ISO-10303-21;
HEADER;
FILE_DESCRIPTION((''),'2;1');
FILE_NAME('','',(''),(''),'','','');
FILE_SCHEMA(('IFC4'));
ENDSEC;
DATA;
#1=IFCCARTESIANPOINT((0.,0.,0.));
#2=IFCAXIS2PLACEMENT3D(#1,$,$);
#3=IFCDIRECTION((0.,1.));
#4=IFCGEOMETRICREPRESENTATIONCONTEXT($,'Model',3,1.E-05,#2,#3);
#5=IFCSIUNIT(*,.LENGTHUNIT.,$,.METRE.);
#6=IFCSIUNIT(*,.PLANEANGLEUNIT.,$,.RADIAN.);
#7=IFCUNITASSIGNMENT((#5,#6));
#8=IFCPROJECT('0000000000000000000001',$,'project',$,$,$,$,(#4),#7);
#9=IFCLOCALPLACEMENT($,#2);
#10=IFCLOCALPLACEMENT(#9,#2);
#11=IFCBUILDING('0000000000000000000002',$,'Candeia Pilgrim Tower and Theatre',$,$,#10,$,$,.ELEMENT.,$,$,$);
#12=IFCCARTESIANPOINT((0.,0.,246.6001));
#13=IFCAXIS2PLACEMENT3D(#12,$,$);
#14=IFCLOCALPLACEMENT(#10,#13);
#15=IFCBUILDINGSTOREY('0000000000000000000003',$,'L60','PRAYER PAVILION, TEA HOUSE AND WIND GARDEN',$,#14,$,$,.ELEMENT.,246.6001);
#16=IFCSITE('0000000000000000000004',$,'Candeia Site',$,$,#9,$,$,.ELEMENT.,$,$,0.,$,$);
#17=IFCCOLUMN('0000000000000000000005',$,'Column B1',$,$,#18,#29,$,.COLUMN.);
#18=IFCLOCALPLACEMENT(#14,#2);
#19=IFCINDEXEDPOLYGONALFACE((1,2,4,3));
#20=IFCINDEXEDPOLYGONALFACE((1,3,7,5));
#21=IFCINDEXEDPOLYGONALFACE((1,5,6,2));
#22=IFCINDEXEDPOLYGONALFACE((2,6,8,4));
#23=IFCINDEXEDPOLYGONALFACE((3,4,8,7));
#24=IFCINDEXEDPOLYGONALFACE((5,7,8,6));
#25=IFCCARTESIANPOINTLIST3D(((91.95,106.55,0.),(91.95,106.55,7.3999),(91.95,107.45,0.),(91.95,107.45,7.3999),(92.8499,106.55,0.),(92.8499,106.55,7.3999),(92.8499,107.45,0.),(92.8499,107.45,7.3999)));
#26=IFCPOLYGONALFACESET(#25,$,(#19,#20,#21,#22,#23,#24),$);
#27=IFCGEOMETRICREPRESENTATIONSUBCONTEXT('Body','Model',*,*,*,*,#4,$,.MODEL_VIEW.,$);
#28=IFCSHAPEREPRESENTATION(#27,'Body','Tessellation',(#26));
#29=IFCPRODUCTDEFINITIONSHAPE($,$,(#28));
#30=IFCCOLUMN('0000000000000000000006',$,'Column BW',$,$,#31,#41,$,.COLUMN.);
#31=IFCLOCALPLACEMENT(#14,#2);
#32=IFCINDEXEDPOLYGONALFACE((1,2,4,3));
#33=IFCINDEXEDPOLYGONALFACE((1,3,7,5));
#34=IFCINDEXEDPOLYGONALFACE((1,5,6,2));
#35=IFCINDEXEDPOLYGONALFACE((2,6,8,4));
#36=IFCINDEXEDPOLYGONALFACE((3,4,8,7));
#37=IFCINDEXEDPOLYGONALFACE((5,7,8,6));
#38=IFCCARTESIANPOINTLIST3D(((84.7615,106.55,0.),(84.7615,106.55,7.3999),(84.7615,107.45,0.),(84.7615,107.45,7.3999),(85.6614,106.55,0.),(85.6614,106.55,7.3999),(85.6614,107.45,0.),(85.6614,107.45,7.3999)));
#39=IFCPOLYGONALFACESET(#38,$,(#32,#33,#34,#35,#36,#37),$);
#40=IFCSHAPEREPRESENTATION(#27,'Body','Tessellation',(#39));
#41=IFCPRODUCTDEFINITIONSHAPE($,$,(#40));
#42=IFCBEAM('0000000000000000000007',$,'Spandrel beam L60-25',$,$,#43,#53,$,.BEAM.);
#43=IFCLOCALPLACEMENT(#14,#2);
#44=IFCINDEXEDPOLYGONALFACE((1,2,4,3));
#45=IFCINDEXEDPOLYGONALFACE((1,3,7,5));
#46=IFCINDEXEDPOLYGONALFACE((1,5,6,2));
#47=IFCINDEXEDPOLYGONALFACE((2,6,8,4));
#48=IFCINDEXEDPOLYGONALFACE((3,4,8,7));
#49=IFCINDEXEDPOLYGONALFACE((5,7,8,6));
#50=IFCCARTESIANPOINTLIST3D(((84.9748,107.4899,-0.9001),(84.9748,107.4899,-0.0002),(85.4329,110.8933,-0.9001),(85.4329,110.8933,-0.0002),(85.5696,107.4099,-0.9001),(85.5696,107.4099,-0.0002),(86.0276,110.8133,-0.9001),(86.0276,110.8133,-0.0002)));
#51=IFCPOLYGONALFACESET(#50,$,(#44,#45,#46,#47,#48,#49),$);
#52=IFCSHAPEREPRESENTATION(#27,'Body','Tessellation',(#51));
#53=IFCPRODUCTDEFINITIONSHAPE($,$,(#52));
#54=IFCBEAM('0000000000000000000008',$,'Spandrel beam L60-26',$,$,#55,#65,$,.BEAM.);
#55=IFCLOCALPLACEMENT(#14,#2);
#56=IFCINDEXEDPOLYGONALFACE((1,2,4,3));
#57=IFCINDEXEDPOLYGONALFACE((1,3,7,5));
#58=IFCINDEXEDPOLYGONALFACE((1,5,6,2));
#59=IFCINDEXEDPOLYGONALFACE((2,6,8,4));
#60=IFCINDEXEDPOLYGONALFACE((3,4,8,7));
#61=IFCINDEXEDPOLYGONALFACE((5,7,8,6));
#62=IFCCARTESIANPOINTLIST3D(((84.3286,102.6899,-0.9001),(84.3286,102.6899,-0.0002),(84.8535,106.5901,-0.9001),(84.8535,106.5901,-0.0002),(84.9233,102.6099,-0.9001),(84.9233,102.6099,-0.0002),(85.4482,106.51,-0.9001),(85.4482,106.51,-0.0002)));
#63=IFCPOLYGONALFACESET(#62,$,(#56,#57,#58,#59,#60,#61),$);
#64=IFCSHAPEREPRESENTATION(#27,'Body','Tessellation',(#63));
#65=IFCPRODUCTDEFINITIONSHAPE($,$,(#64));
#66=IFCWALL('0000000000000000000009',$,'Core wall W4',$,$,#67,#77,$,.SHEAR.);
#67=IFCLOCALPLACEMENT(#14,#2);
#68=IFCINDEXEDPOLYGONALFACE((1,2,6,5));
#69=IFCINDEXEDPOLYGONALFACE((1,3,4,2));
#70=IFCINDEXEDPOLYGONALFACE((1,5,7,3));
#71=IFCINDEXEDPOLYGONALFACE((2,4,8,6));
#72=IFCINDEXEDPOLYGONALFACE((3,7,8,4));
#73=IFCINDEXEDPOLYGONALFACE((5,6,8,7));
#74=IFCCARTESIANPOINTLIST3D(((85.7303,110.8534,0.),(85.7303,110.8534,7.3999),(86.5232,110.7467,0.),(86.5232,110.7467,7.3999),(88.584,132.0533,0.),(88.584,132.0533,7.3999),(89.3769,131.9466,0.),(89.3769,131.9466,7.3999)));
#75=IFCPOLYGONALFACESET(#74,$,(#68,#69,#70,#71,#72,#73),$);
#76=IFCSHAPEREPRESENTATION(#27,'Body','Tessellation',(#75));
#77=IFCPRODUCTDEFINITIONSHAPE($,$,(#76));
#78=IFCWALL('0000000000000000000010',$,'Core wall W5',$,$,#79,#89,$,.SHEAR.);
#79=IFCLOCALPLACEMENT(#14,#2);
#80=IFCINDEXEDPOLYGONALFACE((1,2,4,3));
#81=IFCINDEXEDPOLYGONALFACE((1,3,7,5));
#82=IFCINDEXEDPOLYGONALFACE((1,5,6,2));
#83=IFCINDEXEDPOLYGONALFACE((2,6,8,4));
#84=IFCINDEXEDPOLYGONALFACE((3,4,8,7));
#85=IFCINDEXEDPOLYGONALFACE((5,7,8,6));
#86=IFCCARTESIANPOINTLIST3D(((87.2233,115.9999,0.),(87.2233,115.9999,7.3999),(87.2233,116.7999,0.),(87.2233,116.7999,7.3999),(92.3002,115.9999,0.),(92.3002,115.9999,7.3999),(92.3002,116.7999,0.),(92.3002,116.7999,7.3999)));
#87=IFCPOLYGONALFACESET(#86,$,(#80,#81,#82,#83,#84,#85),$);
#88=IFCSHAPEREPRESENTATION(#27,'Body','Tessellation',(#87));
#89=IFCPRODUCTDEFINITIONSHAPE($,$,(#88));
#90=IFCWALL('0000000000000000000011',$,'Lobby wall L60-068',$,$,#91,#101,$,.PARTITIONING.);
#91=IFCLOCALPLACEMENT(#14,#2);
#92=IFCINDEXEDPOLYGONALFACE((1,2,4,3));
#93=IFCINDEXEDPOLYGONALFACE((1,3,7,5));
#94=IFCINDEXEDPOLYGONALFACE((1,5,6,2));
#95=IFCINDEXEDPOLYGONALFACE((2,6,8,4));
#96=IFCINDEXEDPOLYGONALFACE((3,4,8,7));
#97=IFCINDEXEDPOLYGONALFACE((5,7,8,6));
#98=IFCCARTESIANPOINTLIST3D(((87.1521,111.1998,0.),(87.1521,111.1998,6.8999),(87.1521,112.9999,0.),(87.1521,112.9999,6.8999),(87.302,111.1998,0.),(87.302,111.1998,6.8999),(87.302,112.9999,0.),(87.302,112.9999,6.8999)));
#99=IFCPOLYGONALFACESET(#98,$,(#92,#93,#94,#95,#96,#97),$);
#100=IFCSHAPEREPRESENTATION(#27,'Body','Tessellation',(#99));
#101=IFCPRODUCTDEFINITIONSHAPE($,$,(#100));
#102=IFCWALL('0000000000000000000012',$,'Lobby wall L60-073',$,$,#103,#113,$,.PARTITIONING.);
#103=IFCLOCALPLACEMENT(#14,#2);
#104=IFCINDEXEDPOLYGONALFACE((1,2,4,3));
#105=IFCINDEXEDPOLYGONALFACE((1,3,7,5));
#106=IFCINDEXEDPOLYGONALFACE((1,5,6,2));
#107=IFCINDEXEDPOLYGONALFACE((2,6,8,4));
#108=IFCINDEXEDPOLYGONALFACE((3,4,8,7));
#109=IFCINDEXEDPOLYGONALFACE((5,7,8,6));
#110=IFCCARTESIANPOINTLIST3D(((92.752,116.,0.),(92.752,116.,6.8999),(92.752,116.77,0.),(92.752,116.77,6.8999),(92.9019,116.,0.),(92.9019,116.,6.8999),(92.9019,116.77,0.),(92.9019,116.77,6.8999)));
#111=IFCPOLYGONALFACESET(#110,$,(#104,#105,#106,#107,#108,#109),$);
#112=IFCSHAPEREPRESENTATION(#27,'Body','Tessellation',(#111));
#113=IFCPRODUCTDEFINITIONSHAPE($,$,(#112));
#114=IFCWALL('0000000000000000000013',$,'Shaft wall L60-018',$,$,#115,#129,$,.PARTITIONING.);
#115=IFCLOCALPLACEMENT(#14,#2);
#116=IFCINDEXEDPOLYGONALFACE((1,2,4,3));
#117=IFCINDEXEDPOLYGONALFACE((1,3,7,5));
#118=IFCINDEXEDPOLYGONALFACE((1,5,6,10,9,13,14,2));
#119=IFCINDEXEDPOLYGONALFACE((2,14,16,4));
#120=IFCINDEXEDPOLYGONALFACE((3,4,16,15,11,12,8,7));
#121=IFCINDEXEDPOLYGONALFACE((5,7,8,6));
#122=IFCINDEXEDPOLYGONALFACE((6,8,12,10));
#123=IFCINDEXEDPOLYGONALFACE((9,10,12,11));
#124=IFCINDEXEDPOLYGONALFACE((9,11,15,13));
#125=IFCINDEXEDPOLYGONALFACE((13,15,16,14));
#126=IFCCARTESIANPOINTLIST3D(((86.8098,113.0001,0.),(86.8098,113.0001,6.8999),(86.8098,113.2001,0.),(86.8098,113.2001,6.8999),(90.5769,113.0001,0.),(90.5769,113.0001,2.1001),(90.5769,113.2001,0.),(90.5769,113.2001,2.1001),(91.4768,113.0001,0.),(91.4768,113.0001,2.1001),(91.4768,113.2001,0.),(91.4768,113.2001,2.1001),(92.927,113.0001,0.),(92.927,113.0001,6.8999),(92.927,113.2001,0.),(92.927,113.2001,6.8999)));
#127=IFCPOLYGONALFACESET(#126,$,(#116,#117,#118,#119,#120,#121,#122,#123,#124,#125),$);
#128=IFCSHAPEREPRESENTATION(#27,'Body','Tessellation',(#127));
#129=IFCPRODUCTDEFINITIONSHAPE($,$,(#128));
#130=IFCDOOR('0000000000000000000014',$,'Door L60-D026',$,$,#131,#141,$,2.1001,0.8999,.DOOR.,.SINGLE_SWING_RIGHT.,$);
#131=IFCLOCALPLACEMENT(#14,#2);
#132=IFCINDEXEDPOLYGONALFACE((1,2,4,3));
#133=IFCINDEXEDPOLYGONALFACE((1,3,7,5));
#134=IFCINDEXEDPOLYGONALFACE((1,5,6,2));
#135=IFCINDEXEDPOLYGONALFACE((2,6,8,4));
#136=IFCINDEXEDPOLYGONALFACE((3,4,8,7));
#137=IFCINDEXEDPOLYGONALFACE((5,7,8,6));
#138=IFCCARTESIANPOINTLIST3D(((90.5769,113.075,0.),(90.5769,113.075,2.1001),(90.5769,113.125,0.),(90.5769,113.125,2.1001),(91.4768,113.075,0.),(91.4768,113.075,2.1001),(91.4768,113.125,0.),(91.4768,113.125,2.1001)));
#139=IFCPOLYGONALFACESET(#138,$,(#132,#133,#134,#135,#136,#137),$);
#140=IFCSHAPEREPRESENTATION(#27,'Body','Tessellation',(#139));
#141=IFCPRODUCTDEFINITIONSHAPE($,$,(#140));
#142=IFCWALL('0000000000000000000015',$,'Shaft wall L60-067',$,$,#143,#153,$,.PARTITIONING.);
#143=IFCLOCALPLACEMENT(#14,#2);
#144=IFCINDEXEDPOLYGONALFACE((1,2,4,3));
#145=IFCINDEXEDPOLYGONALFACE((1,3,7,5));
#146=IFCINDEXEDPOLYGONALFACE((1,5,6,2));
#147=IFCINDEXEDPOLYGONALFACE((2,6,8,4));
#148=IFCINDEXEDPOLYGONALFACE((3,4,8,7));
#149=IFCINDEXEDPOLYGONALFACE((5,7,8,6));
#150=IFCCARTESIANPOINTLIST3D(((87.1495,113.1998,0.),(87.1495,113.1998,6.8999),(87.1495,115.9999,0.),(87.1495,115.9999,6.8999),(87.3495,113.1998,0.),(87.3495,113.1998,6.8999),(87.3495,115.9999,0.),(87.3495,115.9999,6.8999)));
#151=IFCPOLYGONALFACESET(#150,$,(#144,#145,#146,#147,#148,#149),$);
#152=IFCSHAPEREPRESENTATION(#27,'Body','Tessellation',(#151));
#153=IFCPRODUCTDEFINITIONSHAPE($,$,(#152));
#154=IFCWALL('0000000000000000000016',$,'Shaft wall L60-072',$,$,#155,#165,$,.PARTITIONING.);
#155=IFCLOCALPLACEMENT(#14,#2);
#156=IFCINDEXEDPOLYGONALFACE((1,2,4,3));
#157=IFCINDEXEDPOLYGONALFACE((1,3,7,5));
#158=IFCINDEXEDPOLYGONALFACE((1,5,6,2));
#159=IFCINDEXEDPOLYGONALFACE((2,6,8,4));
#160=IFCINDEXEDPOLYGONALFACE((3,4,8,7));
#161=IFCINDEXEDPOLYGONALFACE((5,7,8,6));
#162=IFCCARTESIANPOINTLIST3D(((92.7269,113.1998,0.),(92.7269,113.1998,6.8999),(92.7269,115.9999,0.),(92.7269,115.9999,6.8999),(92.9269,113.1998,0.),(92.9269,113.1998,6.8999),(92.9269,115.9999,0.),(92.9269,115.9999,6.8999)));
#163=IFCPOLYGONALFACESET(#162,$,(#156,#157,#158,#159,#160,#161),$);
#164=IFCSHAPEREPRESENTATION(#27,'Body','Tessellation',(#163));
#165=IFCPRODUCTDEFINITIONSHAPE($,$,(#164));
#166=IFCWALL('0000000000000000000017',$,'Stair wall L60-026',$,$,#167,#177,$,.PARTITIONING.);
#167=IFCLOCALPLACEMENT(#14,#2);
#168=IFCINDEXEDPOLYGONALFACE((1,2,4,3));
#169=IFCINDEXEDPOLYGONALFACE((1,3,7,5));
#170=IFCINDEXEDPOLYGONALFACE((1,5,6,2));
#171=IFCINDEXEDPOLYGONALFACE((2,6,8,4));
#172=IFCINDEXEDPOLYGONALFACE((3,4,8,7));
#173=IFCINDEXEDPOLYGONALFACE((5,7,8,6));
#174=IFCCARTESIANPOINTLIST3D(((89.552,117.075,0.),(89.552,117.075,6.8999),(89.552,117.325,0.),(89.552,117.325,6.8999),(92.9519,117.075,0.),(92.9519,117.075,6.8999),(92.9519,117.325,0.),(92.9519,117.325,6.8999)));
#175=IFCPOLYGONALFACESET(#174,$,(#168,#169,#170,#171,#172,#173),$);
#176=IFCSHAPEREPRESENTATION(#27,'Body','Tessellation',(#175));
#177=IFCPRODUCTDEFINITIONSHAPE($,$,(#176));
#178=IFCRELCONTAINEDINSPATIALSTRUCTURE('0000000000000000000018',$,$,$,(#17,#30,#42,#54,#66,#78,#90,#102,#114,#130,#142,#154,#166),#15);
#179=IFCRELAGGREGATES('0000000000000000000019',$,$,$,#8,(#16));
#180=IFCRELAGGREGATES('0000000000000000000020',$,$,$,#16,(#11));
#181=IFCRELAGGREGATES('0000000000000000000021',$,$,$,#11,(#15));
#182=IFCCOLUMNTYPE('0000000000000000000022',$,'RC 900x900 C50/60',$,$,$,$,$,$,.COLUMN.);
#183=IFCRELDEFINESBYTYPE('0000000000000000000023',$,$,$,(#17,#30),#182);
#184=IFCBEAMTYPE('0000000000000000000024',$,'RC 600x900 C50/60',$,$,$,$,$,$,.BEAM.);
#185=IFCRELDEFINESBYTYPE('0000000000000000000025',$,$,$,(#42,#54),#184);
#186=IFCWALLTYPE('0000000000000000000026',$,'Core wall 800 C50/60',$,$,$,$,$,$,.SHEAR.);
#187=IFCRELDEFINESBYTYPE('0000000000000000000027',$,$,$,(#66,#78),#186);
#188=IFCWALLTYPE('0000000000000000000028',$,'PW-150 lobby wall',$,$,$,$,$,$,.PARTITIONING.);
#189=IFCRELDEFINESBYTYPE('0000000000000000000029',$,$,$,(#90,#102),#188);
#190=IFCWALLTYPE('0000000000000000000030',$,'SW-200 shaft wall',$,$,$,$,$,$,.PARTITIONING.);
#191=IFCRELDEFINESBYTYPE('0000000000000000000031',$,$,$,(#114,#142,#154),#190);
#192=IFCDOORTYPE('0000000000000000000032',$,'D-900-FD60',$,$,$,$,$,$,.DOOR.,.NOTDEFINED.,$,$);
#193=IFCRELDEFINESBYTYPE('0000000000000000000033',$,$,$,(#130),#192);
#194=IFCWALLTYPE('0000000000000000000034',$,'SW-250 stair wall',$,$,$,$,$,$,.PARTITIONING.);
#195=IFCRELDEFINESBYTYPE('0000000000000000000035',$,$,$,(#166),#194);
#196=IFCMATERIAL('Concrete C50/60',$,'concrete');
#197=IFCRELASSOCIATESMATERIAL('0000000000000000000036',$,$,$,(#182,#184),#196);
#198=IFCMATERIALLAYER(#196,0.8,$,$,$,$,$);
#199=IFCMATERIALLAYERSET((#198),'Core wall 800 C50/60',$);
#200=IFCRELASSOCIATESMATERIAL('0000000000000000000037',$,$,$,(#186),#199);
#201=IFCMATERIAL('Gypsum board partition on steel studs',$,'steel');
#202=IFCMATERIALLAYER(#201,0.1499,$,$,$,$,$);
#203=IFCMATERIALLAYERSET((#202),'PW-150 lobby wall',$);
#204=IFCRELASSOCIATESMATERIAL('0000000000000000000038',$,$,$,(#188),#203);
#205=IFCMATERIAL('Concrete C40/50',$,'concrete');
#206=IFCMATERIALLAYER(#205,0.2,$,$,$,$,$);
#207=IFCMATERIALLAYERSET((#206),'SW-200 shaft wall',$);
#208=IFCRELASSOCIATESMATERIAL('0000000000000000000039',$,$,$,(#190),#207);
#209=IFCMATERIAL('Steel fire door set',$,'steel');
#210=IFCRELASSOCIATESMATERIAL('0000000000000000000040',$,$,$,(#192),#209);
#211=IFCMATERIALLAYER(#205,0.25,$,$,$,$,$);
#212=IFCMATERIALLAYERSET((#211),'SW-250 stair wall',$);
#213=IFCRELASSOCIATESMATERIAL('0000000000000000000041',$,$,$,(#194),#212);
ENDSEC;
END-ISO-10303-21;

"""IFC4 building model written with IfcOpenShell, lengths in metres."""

from ifc_helpers import new_model, si_unit, direction, frame, frame_2d, origin, origin_2d, place, context, subcontext, project, spatial, rectangle, extrude, material, layer, layer_set, material_profile, profile_set, type_object, element, fill, save


model = new_model("IFC4")

# Units and contexts
model_context = context("Model", 3, precision=1e-05, world=origin(), true_north=direction((0.0, 1.0)))
body_context = subcontext(model_context, "Body", "Model", "MODEL_VIEW")
ifc_project = project(units=[si_unit("LENGTHUNIT", "METRE"), si_unit("PLANEANGLEUNIT", "RADIAN")], contexts=[model_context])

# Site, building, storey
site_placement = place(None, origin())
site = spatial("IfcSite", under=ifc_project, at=site_placement, Name="Candeia Site", CompositionType="ELEMENT", RefElevation=0.0)
building_placement = place(site_placement, origin())
building = spatial("IfcBuilding", under=site, at=building_placement, Name="Candeia Pilgrim Tower and Theatre", CompositionType="ELEMENT")
storey_placement = place(building_placement, frame((0.0, 0.0, 246.6001)))
storey = spatial("IfcBuildingStorey", under=building, at=storey_placement, Name="L60", Description="PRAYER PAVILION, TEA HOUSE AND WIND GARDEN", CompositionType="ELEMENT", Elevation=246.6001)

# Columns
ifc_material_1 = material(Name="Concrete C50/60", Category="concrete")
ifc_material_profile_1 = material_profile(ifc_material_1, rectangle(XDim=0.8999, YDim=0.8999, at=origin_2d()))
ifc_profile_set_1 = profile_set([ifc_material_profile_1], Name="Concrete C50/60")
column_type = type_object("IfcColumnType", Name="RC 900x900 C50/60", PredefinedType="COLUMN", material=ifc_profile_set_1)
for number, where, z_axis, x_axis, name in (
    (1, (92.3999, 107.0, 0.0), (0.0, 0.0, 1.0), (1.0, 0.0, 0.0), "Column B1"),
    (2, (85.2114, 107.0, 0.0), (0.0, 0.0, 1.0), (1.0, 0.0, 0.0), "Column BW"),
):
    element("IfcColumn", number, at=place(storey_placement, frame(where, z_axis=z_axis, x_axis=x_axis)), inside=storey, type_object=column_type, Name=name, PredefinedType="COLUMN", context=body_context, shape_type="SweptSolid", body=[
        extrude(rectangle(XDim=0.8999, YDim=0.8999, at=origin_2d()), origin(), (0.0, 0.0, 1.0), 7.3999),
    ])

# Beams
ifc_material_profile_2 = material_profile(ifc_material_1, rectangle(XDim=0.6001, YDim=0.8999, at=origin_2d()))
ifc_profile_set_2 = profile_set([ifc_material_profile_2], Name="Concrete C50/60")
beam_type = type_object("IfcBeamType", Name="RC 600x900 C50/60", PredefinedType="BEAM", material=ifc_profile_set_2)
beam_1_placement = place(storey_placement, frame((85.7302, 110.8533, -0.4502), z_axis=(-0.133374, -0.991066, 0.0), x_axis=(0.991066, -0.133374, 0.0)))
element("IfcBeam", 3, at=beam_1_placement, inside=storey, type_object=beam_type, Name="Spandrel beam L60-25", PredefinedType="BEAM", context=body_context, shape_type="SweptSolid", body=[
    extrude(rectangle(XDim=0.6001, YDim=0.8999, at=origin_2d()), origin(), (0.0, 0.0, 1.0), 3.4341),
])
beam_2_placement = place(storey_placement, frame((85.1509, 106.55, -0.4502), z_axis=(-0.133383, -0.991065, 0.0), x_axis=(0.991065, -0.133383, 0.0)))
element("IfcBeam", 4, at=beam_2_placement, inside=storey, type_object=beam_type, Name="Spandrel beam L60-26", PredefinedType="BEAM", context=body_context, shape_type="SweptSolid", body=[
    extrude(rectangle(XDim=0.6001, YDim=0.8999, at=origin_2d()), origin(), (0.0, 0.0, 1.0), 3.9353),
])

# Walls
ifc_layer_1 = layer(ifc_material_1, 0.8)
ifc_layer_set_1 = layer_set([ifc_layer_1], Name="Core wall 800 C50/60")
wall_type_1 = type_object("IfcWallType", Name="Core wall 800 C50/60", PredefinedType="SHEAR", material=ifc_layer_set_1)
wall_1_placement = place(storey_placement, frame((86.1267, 110.8, 0.0), z_axis=(0.0, 0.0, 1.0), x_axis=(0.133408, 0.991061, 0.0)))
element("IfcWall", 5, at=wall_1_placement, inside=storey, type_object=wall_type_1, Name="Core wall W4", PredefinedType="SHEAR", context=body_context, shape_type="SweptSolid", body=[
    extrude(rectangle(XDim=21.3911, YDim=0.8, at=frame_2d((10.6956, 0.0))), origin(), (0.0, 0.0, 1.0), 7.3999),
])
wall_2_placement = place(storey_placement, frame((87.2231, 116.3999, 0.0), z_axis=(0.0, 0.0, 1.0), x_axis=(1.0, 0.0, 0.0)))
element("IfcWall", 6, at=wall_2_placement, inside=storey, type_object=wall_type_1, Name="Core wall W5", PredefinedType="SHEAR", context=body_context, shape_type="SweptSolid", body=[
    extrude(rectangle(XDim=5.0769, YDim=0.8, at=frame_2d((2.5386, 0.0))), origin(), (0.0, 0.0, 1.0), 7.3999),
])
ifc_material_2 = material(Name="Gypsum board partition on steel studs", Category="steel")
ifc_layer_2 = layer(ifc_material_2, 0.1499)
ifc_layer_set_2 = layer_set([ifc_layer_2], Name="PW-150 lobby wall")
wall_type_2 = type_object("IfcWallType", Name="PW-150 lobby wall", PredefinedType="PARTITIONING", material=ifc_layer_set_2)
wall_3_placement = place(storey_placement, frame((87.2271, 111.2, 0.0), z_axis=(0.0, 0.0, 1.0), x_axis=(0.0, 1.0, 0.0)))
element("IfcWall", 7, at=wall_3_placement, inside=storey, type_object=wall_type_2, Name="Lobby wall L60-068", PredefinedType="PARTITIONING", context=body_context, shape_type="SweptSolid", body=[
    extrude(rectangle(XDim=1.8, YDim=0.1499, at=frame_2d((0.8999, 0.0))), origin(), (0.0, 0.0, 1.0), 6.8999),
])
wall_4_placement = place(storey_placement, frame((92.8269, 116.0, 0.0), z_axis=(0.0, 0.0, 1.0), x_axis=(0.0, 1.0, 0.0)))
element("IfcWall", 8, at=wall_4_placement, inside=storey, type_object=wall_type_2, Name="Lobby wall L60-073", PredefinedType="PARTITIONING", context=body_context, shape_type="SweptSolid", body=[
    extrude(rectangle(XDim=0.77, YDim=0.1499, at=frame_2d((0.385, 0.0))), origin(), (0.0, 0.0, 1.0), 6.8999),
])

# Wall, opening, door
ifc_material_3 = material(Name="Concrete C40/50", Category="concrete")
ifc_layer_3 = layer(ifc_material_3, 0.2)
ifc_layer_set_3 = layer_set([ifc_layer_3], Name="SW-200 shaft wall")
wall_type_3 = type_object("IfcWallType", Name="SW-200 shaft wall", PredefinedType="PARTITIONING", material=ifc_layer_set_3)
wall_5_placement = place(storey_placement, frame((86.8098, 113.1001, 0.0), z_axis=(0.0, 0.0, 1.0), x_axis=(1.0, 0.0, 0.0)))
wall_5 = element("IfcWall", 9, at=wall_5_placement, inside=storey, type_object=wall_type_3, Name="Shaft wall L60-018", PredefinedType="PARTITIONING", context=body_context, shape_type="SweptSolid", body=[
    extrude(rectangle(XDim=6.1172, YDim=0.2, at=frame_2d((3.0586, 0.0))), origin(), (0.0, 0.0, 1.0), 6.8999),
])
opening_1_placement = place(wall_5_placement, frame((3.7671, 0.0, 0.0)))
opening_1 = element("IfcOpeningElement", 10, at=opening_1_placement, cuts=wall_5, PredefinedType="OPENING", context=body_context, shape_type="SweptSolid", body=[
    extrude(rectangle(XDim=0.8999, YDim=2.1001, at=frame_2d((0.45, 1.05))), frame((0.0, 0.1099, 0.0), z_axis=(0.0, -1.0, 0.0), x_axis=(1.0, 0.0, 0.0)), (0.0, 0.0, 1.0), 0.22),
])
ifc_material_4 = material(Name="Steel fire door set", Category="steel")
door_type_1 = type_object("IfcDoorType", Name="D-900-FD60", OperationType="NOTDEFINED", PredefinedType="DOOR", material=ifc_material_4)
door_1_placement = place(opening_1_placement, origin())
door_1 = element("IfcDoor", 11, at=door_1_placement, inside=storey, type_object=door_type_1, Name="Door L60-D026", OperationType="SINGLE_SWING_RIGHT", OverallHeight=2.1001, OverallWidth=0.8999, PredefinedType="DOOR", context=body_context, shape_type="SweptSolid", body=[
    extrude(rectangle(XDim=0.8999, YDim=2.1001, at=frame_2d((0.45, 1.05))), frame((0.0, 0.0249, 0.0), z_axis=(0.0, -1.0, 0.0), x_axis=(1.0, 0.0, 0.0)), (0.0, 0.0, 1.0), 0.05),
])
fill(opening_1, door_1)

# Walls
for number, where, z_axis, x_axis, name in (
    (12, (87.2495, 113.2, 0.0), (0.0, 0.0, 1.0), (0.0, 1.0, 0.0), "Shaft wall L60-067"),
    (13, (92.8269, 113.2, 0.0), (0.0, 0.0, 1.0), (0.0, 1.0, 0.0), "Shaft wall L60-072"),
):
    element("IfcWall", number, at=place(storey_placement, frame(where, z_axis=z_axis, x_axis=x_axis)), inside=storey, type_object=wall_type_3, Name=name, PredefinedType="PARTITIONING", context=body_context, shape_type="SweptSolid", body=[
        extrude(rectangle(XDim=2.8, YDim=0.2, at=frame_2d((1.3999, 0.0))), origin(), (0.0, 0.0, 1.0), 6.8999),
    ])
ifc_layer_4 = layer(ifc_material_3, 0.25)
ifc_layer_set_4 = layer_set([ifc_layer_4], Name="SW-250 stair wall")
wall_type_4 = type_object("IfcWallType", Name="SW-250 stair wall", PredefinedType="PARTITIONING", material=ifc_layer_set_4)
wall_6_placement = place(storey_placement, frame((89.552, 117.2, 0.0), z_axis=(0.0, 0.0, 1.0), x_axis=(1.0, 0.0, 0.0)))
element("IfcWall", 14, at=wall_6_placement, inside=storey, type_object=wall_type_4, Name="Stair wall L60-026", PredefinedType="PARTITIONING", context=body_context, shape_type="SweptSolid", body=[
    extrude(rectangle(XDim=3.3999, YDim=0.25, at=frame_2d((1.7, 0.0))), origin(), (0.0, 0.0, 1.0), 6.8999),
])

save(model, "model.ifc")
